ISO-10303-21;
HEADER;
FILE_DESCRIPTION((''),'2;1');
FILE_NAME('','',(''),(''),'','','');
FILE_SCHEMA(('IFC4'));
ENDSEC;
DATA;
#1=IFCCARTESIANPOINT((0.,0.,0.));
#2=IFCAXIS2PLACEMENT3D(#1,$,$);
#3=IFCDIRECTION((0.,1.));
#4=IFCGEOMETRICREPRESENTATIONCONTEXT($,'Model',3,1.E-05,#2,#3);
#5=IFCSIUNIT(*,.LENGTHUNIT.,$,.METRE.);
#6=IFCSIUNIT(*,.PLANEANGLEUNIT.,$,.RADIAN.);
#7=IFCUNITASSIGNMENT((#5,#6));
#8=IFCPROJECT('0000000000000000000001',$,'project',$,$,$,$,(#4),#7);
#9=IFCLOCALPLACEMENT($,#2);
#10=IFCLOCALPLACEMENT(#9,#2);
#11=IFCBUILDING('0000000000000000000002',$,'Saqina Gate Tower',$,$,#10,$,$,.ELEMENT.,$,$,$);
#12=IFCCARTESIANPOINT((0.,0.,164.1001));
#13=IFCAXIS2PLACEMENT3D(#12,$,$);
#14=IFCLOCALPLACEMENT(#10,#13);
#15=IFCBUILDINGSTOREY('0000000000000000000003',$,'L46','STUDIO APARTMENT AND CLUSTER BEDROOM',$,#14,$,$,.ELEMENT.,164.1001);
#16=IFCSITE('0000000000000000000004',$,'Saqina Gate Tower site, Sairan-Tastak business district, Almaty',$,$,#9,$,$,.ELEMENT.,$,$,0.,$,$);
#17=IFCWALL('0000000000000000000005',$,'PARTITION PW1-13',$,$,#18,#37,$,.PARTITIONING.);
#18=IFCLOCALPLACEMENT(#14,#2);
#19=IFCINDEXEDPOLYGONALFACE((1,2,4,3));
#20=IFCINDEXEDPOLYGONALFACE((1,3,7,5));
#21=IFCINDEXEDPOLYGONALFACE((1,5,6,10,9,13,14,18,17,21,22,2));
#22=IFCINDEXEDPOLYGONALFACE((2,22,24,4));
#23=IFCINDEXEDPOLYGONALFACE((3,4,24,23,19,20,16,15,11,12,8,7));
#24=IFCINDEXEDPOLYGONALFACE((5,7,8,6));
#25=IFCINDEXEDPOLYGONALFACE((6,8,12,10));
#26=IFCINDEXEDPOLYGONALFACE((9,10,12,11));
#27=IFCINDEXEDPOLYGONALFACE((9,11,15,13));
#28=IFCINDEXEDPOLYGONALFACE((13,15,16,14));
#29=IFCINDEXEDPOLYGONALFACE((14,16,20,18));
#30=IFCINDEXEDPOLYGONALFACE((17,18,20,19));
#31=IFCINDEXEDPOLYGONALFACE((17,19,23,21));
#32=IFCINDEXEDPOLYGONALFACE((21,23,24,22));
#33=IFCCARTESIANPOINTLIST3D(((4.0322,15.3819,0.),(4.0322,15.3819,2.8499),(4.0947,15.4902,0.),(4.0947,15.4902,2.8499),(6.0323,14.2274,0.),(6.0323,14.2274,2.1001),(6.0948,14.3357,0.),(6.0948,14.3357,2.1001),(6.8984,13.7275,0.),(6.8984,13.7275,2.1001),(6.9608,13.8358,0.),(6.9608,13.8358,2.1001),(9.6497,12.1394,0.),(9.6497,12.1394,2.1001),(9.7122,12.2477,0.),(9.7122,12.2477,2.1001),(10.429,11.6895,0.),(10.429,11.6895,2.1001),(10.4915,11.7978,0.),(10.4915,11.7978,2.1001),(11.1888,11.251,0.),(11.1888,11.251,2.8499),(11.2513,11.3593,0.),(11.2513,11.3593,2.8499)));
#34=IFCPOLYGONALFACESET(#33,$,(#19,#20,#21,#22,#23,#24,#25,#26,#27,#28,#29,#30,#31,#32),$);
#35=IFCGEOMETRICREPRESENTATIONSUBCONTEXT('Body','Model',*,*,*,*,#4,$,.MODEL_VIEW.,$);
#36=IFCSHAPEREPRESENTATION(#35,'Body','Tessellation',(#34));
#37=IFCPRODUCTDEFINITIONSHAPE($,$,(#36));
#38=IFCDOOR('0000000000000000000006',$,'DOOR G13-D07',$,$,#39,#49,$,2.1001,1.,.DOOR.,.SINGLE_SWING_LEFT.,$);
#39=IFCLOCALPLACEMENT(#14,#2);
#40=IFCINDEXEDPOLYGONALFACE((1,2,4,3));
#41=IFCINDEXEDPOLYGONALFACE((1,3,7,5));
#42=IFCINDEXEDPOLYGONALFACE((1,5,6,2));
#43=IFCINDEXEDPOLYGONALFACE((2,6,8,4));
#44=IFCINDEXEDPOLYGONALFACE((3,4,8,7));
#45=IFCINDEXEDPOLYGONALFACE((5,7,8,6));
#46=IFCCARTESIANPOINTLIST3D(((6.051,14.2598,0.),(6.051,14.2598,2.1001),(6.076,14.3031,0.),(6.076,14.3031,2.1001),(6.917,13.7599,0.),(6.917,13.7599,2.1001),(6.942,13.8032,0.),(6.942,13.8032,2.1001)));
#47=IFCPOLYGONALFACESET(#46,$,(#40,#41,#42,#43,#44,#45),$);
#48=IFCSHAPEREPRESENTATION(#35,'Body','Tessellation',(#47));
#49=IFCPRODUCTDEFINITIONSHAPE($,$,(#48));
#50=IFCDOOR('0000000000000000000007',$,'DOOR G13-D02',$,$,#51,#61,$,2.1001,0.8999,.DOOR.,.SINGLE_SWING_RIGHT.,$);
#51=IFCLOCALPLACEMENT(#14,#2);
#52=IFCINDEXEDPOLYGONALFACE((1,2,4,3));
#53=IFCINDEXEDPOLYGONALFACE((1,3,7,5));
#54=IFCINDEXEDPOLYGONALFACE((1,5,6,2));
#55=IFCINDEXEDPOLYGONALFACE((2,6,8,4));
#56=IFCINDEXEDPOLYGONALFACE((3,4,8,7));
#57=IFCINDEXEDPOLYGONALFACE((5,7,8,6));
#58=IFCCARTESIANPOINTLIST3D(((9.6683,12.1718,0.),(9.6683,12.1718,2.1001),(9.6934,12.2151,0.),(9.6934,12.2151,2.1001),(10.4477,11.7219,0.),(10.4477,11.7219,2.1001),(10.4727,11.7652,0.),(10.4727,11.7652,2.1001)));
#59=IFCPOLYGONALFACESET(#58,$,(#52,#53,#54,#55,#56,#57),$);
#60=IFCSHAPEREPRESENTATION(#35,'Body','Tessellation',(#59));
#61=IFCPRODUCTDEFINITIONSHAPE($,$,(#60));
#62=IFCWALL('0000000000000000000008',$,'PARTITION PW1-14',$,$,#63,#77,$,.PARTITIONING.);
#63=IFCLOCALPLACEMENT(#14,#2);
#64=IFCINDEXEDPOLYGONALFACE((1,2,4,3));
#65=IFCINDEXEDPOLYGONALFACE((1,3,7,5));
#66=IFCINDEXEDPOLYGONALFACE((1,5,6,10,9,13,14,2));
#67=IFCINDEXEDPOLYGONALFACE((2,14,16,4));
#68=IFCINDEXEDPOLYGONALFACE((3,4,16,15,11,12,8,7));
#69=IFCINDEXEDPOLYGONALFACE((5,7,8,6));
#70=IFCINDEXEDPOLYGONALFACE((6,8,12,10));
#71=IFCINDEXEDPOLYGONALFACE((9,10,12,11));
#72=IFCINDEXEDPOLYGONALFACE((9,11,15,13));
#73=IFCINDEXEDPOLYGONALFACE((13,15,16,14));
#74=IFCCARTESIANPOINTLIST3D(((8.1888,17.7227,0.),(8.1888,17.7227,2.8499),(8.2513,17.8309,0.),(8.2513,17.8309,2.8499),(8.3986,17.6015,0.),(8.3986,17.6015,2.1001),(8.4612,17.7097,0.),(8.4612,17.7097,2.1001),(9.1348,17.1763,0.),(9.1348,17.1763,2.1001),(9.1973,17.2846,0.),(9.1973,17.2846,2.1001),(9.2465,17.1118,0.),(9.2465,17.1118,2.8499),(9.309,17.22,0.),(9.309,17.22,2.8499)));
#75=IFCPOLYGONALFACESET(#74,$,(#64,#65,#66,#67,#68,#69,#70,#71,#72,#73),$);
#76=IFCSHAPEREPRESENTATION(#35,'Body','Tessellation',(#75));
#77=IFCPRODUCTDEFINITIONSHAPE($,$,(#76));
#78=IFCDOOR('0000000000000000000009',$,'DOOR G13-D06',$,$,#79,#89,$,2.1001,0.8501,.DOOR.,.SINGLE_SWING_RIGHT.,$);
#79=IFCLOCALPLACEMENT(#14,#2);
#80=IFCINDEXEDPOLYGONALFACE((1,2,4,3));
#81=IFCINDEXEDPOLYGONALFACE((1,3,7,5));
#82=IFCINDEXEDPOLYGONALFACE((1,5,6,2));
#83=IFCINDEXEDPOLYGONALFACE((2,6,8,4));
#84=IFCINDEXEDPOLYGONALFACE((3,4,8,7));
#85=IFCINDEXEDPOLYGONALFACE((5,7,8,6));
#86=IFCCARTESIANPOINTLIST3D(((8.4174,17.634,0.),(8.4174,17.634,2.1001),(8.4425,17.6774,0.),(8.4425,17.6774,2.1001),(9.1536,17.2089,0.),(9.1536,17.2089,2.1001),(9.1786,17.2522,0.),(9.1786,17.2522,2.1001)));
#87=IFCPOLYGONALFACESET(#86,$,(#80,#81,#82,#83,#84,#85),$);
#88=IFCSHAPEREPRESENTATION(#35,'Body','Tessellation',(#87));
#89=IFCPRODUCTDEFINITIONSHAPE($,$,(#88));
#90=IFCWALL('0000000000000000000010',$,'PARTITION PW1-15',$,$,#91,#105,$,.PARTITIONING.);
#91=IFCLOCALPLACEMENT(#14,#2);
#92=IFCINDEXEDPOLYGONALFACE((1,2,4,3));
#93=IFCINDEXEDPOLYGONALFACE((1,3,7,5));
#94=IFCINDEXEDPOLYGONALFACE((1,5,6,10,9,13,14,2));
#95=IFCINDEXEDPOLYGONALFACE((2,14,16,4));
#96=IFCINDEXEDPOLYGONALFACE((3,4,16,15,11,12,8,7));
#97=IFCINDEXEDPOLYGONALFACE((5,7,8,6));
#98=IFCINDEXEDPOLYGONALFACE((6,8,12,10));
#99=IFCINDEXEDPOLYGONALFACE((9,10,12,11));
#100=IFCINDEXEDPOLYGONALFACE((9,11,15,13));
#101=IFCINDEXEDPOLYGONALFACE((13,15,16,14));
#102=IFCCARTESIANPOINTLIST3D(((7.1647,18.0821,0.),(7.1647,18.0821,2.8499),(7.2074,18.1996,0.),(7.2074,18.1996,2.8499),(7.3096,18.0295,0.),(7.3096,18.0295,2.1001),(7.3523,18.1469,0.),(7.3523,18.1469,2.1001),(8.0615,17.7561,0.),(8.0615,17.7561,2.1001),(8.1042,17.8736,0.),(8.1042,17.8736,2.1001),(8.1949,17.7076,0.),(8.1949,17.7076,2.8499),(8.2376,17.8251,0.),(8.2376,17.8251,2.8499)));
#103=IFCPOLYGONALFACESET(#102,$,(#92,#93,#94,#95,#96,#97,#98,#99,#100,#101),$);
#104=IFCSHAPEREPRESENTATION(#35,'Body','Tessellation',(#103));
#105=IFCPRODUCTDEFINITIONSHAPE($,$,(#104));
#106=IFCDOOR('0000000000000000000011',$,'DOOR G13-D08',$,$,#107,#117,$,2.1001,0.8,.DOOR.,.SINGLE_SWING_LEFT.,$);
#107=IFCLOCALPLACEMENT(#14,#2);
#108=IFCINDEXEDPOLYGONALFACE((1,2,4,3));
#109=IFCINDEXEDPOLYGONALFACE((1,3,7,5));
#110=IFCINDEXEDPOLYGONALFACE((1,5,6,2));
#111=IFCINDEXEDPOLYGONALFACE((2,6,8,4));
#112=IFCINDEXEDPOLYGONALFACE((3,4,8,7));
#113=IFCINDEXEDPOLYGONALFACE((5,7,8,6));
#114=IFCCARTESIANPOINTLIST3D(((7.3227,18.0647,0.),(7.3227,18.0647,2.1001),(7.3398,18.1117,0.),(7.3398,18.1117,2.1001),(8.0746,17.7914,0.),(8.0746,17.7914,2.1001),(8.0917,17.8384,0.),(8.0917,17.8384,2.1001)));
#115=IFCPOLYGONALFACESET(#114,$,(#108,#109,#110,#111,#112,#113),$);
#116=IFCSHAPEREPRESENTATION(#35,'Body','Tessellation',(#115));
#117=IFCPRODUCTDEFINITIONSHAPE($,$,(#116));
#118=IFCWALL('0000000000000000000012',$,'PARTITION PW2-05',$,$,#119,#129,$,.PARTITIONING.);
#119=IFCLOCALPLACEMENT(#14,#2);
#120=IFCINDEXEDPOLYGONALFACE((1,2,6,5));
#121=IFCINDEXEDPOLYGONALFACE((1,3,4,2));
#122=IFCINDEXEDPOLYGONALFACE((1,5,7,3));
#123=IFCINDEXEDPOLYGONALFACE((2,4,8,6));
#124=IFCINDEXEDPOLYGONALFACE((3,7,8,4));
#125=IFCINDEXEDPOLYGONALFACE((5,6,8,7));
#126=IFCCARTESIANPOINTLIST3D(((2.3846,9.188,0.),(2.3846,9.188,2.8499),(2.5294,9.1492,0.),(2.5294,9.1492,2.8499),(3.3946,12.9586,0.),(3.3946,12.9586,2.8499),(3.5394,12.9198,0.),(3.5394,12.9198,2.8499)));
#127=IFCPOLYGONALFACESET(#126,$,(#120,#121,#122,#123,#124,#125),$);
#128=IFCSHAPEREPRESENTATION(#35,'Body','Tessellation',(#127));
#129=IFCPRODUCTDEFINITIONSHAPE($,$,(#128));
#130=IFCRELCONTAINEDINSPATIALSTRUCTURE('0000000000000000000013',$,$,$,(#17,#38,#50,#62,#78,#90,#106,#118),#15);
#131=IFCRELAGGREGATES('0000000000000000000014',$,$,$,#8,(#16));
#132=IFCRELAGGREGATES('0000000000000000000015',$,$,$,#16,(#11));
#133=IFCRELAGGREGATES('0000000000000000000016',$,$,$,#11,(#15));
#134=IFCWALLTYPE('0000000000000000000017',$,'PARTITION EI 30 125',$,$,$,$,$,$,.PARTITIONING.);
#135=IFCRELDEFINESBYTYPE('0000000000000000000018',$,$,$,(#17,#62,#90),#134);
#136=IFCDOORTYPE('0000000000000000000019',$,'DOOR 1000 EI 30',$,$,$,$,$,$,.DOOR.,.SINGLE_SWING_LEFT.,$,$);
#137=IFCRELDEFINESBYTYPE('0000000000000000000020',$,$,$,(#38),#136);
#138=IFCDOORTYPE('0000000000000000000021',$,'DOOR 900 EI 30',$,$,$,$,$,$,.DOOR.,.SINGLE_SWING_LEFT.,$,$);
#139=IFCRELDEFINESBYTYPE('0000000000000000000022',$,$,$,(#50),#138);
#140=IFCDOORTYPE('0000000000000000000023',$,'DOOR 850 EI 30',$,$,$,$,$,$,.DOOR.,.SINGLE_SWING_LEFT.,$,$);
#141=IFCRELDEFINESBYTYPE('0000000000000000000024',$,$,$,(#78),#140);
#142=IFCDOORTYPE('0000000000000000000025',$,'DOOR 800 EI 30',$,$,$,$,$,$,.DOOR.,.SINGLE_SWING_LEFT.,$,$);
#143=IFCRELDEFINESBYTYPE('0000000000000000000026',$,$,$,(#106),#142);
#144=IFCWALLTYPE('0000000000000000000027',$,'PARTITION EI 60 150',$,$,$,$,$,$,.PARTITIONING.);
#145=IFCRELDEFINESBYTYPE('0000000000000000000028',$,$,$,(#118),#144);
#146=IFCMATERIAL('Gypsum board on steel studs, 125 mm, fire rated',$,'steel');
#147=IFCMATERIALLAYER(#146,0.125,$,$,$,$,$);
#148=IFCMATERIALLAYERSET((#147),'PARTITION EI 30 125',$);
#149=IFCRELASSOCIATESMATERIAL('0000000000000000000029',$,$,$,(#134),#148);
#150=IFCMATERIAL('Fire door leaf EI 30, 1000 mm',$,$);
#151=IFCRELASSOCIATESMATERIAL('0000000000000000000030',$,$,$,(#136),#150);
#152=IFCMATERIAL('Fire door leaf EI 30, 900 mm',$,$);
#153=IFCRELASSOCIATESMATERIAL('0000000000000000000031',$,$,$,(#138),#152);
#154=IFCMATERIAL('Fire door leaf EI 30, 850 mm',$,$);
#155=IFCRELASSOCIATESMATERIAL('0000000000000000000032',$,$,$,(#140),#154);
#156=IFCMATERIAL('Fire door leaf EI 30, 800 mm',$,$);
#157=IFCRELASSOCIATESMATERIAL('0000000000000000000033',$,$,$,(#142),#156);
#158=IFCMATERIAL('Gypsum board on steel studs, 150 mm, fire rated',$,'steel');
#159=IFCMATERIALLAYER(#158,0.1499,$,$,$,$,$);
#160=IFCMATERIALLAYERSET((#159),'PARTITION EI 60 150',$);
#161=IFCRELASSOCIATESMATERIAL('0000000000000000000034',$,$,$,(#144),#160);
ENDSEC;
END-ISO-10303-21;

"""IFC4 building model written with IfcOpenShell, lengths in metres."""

from ifc_helpers import new_model, si_unit, direction, frame, frame_2d, origin, place, context, subcontext, project, spatial, rectangle, extrude, material, layer, layer_set, type_object, element, fill, save


model = new_model("IFC4")

# Units and contexts
model_context = context("Model", 3, precision=1e-05, world=origin(), true_north=direction((0.0, 1.0)))
body_context = subcontext(model_context, "Body", "Model", "MODEL_VIEW")
ifc_project = project(units=[si_unit("LENGTHUNIT", "METRE"), si_unit("PLANEANGLEUNIT", "RADIAN")], contexts=[model_context])

# Site, building, storey
site_placement = place(None, origin())
site = spatial("IfcSite", under=ifc_project, at=site_placement, Name="Saqina Gate Tower site, Sairan-Tastak business district, Almaty", CompositionType="ELEMENT", RefElevation=0.0)
building_placement = place(site_placement, origin())
building = spatial("IfcBuilding", under=site, at=building_placement, Name="Saqina Gate Tower", CompositionType="ELEMENT")
storey_placement = place(building_placement, frame((0.0, 0.0, 164.1001)))
storey = spatial("IfcBuildingStorey", under=building, at=storey_placement, Name="L46", Description="STUDIO APARTMENT AND CLUSTER BEDROOM", CompositionType="ELEMENT", Elevation=164.1001)

# Shared definitions
ifc_material_1 = material(Name="Gypsum board on steel studs, 125 mm, fire rated", Category="steel")
ifc_layer_1 = layer(ifc_material_1, 0.125)
ifc_layer_set_1 = layer_set([ifc_layer_1], Name="PARTITION EI 30 125")
wall_type_1 = type_object("IfcWallType", Name="PARTITION EI 30 125", PredefinedType="PARTITIONING", material=ifc_layer_set_1)
ifc_material_2 = material(Name="Fire door leaf EI 30, 1000 mm")
door_type_1 = type_object("IfcDoorType", Name="DOOR 1000 EI 30", OperationType="SINGLE_SWING_LEFT", PredefinedType="DOOR", material=ifc_material_2)

# Wall, openings, doors
wall_1_placement = place(storey_placement, frame((4.0635, 15.436, 0.0), z_axis=(0.0, 0.0, 1.0), x_axis=(0.866075, -0.499914, 0.0)))
wall_1 = element("IfcWall", 1, at=wall_1_placement, inside=storey, type_object=wall_type_1, Name="PARTITION PW1-13", PredefinedType="PARTITIONING", context=body_context, shape_type="SweptSolid", body=[
    extrude(rectangle(XDim=8.2632, YDim=0.125, at=frame_2d((4.1316, 0.0))), origin(), (0.0, 0.0, 1.0), 2.8499),
])
opening_1_placement = place(wall_1_placement, frame((6.4861, 0.0, 0.0)))
opening_1 = element("IfcOpeningElement", 2, at=opening_1_placement, cuts=wall_1, PredefinedType="OPENING", context=body_context, shape_type="SweptSolid", body=[
    extrude(rectangle(XDim=0.8999, YDim=2.1001, at=frame_2d((0.45, 1.05))), frame((0.0, 0.0745, 0.0), z_axis=(0.0, -1.0, 0.0), x_axis=(1.0, 0.0, 0.0)), (0.0, 0.0, 1.0), 0.1489),
])
opening_2_placement = place(wall_1_placement, frame((2.3093, 0.0, 0.0)))
opening_2 = element("IfcOpeningElement", 3, at=opening_2_placement, cuts=wall_1, PredefinedType="OPENING", context=body_context, shape_type="SweptSolid", body=[
    extrude(rectangle(XDim=1.0, YDim=2.1001, at=frame_2d((0.5, 1.05))), frame((0.0, 0.0745, 0.0), z_axis=(0.0, -1.0, 0.0), x_axis=(1.0, 0.0, 0.0)), (0.0, 0.0, 1.0), 0.1489),
])
door_1_placement = place(opening_2_placement, origin())
door_1 = element("IfcDoor", 4, at=door_1_placement, inside=storey, type_object=door_type_1, Name="DOOR G13-D07", OperationType="SINGLE_SWING_LEFT", OverallHeight=2.1001, OverallWidth=1.0, PredefinedType="DOOR", context=body_context, shape_type="SweptSolid", body=[
    extrude(rectangle(XDim=1.0, YDim=2.1001, at=frame_2d((0.5, 1.05))), frame((0.0, 0.0249, 0.0), z_axis=(0.0, -1.0, 0.0), x_axis=(1.0, 0.0, 0.0)), (0.0, 0.0, 1.0), 0.05),
])
fill(opening_2, door_1)
ifc_material_3 = material(Name="Fire door leaf EI 30, 900 mm")
door_type_2 = type_object("IfcDoorType", Name="DOOR 900 EI 30", OperationType="SINGLE_SWING_LEFT", PredefinedType="DOOR", material=ifc_material_3)
door_2_placement = place(opening_1_placement, origin())
door_2 = element("IfcDoor", 5, at=door_2_placement, inside=storey, type_object=door_type_2, Name="DOOR G13-D02", OperationType="SINGLE_SWING_RIGHT", OverallHeight=2.1001, OverallWidth=0.8999, PredefinedType="DOOR", context=body_context, shape_type="SweptSolid", body=[
    extrude(rectangle(XDim=0.8999, YDim=2.1001, at=frame_2d((0.45, 1.05))), frame((0.0, 0.0249, 0.0), z_axis=(0.0, -1.0, 0.0), x_axis=(1.0, 0.0, 0.0)), (0.0, 0.0, 1.0), 0.05),
])
fill(opening_1, door_2)

# Walls, openings, doors
wall_2_placement = place(storey_placement, frame((8.22, 17.7769, 0.0), z_axis=(0.0, 0.0, 1.0), x_axis=(0.865946, -0.500138, 0.0)))
wall_2 = element("IfcWall", 6, at=wall_2_placement, inside=storey, type_object=wall_type_1, Name="PARTITION PW1-14", PredefinedType="PARTITIONING", context=body_context, shape_type="SweptSolid", body=[
    extrude(rectangle(XDim=1.2214, YDim=0.125, at=frame_2d((0.6108, 0.0))), origin(), (0.0, 0.0, 1.0), 2.8499),
])
opening_3_placement = place(wall_2_placement, frame((0.2424, 0.0, 0.0)))
opening_3 = element("IfcOpeningElement", 7, at=opening_3_placement, cuts=wall_2, PredefinedType="OPENING", context=body_context, shape_type="SweptSolid", body=[
    extrude(rectangle(XDim=0.8501, YDim=2.1001, at=frame_2d((0.425, 1.05))), frame((0.0, 0.0745, 0.0), z_axis=(0.0, -1.0, 0.0), x_axis=(1.0, 0.0, 0.0)), (0.0, 0.0, 1.0), 0.1489),
])
ifc_material_4 = material(Name="Fire door leaf EI 30, 850 mm")
door_type_3 = type_object("IfcDoorType", Name="DOOR 850 EI 30", OperationType="SINGLE_SWING_LEFT", PredefinedType="DOOR", material=ifc_material_4)
door_3_placement = place(opening_3_placement, frame((0.8501, 0.0, 0.0), z_axis=(0.0, 0.0, 1.0), x_axis=(-1.0, 0.0, 0.0)))
door_3 = element("IfcDoor", 8, at=door_3_placement, inside=storey, type_object=door_type_3, Name="DOOR G13-D06", OperationType="SINGLE_SWING_RIGHT", OverallHeight=2.1001, OverallWidth=0.8501, PredefinedType="DOOR", context=body_context, shape_type="SweptSolid", body=[
    extrude(rectangle(XDim=0.8501, YDim=2.1001, at=frame_2d((0.425, 1.05))), frame((0.0, 0.0249, 0.0), z_axis=(0.0, -1.0, 0.0), x_axis=(1.0, 0.0, 0.0)), (0.0, 0.0, 1.0), 0.05),
])
fill(opening_3, door_3)
wall_3_placement = place(storey_placement, frame((7.186, 18.1409, 0.0), z_axis=(0.0, 0.0, 1.0), x_axis=(0.939832, -0.341636, 0.0)))
wall_3 = element("IfcWall", 9, at=wall_3_placement, inside=storey, type_object=wall_type_1, Name="PARTITION PW1-15", PredefinedType="PARTITIONING", context=body_context, shape_type="SweptSolid", body=[
    extrude(rectangle(XDim=1.0962, YDim=0.125, at=frame_2d((0.5481, 0.0))), origin(), (0.0, 0.0, 1.0), 2.8499),
])
opening_4_placement = place(wall_3_placement, frame((0.1543, 0.0, 0.0)))
opening_4 = element("IfcOpeningElement", 10, at=opening_4_placement, cuts=wall_3, PredefinedType="OPENING", context=body_context, shape_type="SweptSolid", body=[
    extrude(rectangle(XDim=0.8, YDim=2.1001, at=frame_2d((0.3999, 1.05))), frame((0.0, 0.0745, 0.0), z_axis=(0.0, -1.0, 0.0), x_axis=(1.0, 0.0, 0.0)), (0.0, 0.0, 1.0), 0.1489),
])
ifc_material_5 = material(Name="Fire door leaf EI 30, 800 mm")
door_type_4 = type_object("IfcDoorType", Name="DOOR 800 EI 30", OperationType="SINGLE_SWING_LEFT", PredefinedType="DOOR", material=ifc_material_5)
door_4_placement = place(opening_4_placement, frame((0.8, 0.0, 0.0), z_axis=(0.0, 0.0, 1.0), x_axis=(-1.0, 0.0, 0.0)))
door_4 = element("IfcDoor", 11, at=door_4_placement, inside=storey, type_object=door_type_4, Name="DOOR G13-D08", OperationType="SINGLE_SWING_LEFT", OverallHeight=2.1001, OverallWidth=0.8, PredefinedType="DOOR", context=body_context, shape_type="SweptSolid", body=[
    extrude(rectangle(XDim=0.8, YDim=2.1001, at=frame_2d((0.3999, 1.05))), frame((0.0, 0.0249, 0.0), z_axis=(0.0, -1.0, 0.0), x_axis=(1.0, 0.0, 0.0)), (0.0, 0.0, 1.0), 0.05),
])
fill(opening_4, door_4)

# Wall
ifc_material_6 = material(Name="Gypsum board on steel studs, 150 mm, fire rated", Category="steel")
ifc_layer_2 = layer(ifc_material_6, 0.1499)
ifc_layer_set_2 = layer_set([ifc_layer_2], Name="PARTITION EI 60 150")
wall_type_2 = type_object("IfcWallType", Name="PARTITION EI 60 150", PredefinedType="PARTITIONING", material=ifc_layer_set_2)
wall_4_placement = place(storey_placement, frame((2.457, 9.1687, 0.0), z_axis=(0.0, 0.0, 1.0), x_axis=(0.258733, 0.965949, 0.0)))
element("IfcWall", 12, at=wall_4_placement, inside=storey, type_object=wall_type_2, Name="PARTITION PW2-05", PredefinedType="PARTITIONING", context=body_context, shape_type="SweptSolid", body=[
    extrude(rectangle(XDim=3.9036, YDim=0.1499, at=frame_2d((1.9517, 0.0))), origin(), (0.0, 0.0, 1.0), 2.8499),
])

save(model, "model.ifc")
